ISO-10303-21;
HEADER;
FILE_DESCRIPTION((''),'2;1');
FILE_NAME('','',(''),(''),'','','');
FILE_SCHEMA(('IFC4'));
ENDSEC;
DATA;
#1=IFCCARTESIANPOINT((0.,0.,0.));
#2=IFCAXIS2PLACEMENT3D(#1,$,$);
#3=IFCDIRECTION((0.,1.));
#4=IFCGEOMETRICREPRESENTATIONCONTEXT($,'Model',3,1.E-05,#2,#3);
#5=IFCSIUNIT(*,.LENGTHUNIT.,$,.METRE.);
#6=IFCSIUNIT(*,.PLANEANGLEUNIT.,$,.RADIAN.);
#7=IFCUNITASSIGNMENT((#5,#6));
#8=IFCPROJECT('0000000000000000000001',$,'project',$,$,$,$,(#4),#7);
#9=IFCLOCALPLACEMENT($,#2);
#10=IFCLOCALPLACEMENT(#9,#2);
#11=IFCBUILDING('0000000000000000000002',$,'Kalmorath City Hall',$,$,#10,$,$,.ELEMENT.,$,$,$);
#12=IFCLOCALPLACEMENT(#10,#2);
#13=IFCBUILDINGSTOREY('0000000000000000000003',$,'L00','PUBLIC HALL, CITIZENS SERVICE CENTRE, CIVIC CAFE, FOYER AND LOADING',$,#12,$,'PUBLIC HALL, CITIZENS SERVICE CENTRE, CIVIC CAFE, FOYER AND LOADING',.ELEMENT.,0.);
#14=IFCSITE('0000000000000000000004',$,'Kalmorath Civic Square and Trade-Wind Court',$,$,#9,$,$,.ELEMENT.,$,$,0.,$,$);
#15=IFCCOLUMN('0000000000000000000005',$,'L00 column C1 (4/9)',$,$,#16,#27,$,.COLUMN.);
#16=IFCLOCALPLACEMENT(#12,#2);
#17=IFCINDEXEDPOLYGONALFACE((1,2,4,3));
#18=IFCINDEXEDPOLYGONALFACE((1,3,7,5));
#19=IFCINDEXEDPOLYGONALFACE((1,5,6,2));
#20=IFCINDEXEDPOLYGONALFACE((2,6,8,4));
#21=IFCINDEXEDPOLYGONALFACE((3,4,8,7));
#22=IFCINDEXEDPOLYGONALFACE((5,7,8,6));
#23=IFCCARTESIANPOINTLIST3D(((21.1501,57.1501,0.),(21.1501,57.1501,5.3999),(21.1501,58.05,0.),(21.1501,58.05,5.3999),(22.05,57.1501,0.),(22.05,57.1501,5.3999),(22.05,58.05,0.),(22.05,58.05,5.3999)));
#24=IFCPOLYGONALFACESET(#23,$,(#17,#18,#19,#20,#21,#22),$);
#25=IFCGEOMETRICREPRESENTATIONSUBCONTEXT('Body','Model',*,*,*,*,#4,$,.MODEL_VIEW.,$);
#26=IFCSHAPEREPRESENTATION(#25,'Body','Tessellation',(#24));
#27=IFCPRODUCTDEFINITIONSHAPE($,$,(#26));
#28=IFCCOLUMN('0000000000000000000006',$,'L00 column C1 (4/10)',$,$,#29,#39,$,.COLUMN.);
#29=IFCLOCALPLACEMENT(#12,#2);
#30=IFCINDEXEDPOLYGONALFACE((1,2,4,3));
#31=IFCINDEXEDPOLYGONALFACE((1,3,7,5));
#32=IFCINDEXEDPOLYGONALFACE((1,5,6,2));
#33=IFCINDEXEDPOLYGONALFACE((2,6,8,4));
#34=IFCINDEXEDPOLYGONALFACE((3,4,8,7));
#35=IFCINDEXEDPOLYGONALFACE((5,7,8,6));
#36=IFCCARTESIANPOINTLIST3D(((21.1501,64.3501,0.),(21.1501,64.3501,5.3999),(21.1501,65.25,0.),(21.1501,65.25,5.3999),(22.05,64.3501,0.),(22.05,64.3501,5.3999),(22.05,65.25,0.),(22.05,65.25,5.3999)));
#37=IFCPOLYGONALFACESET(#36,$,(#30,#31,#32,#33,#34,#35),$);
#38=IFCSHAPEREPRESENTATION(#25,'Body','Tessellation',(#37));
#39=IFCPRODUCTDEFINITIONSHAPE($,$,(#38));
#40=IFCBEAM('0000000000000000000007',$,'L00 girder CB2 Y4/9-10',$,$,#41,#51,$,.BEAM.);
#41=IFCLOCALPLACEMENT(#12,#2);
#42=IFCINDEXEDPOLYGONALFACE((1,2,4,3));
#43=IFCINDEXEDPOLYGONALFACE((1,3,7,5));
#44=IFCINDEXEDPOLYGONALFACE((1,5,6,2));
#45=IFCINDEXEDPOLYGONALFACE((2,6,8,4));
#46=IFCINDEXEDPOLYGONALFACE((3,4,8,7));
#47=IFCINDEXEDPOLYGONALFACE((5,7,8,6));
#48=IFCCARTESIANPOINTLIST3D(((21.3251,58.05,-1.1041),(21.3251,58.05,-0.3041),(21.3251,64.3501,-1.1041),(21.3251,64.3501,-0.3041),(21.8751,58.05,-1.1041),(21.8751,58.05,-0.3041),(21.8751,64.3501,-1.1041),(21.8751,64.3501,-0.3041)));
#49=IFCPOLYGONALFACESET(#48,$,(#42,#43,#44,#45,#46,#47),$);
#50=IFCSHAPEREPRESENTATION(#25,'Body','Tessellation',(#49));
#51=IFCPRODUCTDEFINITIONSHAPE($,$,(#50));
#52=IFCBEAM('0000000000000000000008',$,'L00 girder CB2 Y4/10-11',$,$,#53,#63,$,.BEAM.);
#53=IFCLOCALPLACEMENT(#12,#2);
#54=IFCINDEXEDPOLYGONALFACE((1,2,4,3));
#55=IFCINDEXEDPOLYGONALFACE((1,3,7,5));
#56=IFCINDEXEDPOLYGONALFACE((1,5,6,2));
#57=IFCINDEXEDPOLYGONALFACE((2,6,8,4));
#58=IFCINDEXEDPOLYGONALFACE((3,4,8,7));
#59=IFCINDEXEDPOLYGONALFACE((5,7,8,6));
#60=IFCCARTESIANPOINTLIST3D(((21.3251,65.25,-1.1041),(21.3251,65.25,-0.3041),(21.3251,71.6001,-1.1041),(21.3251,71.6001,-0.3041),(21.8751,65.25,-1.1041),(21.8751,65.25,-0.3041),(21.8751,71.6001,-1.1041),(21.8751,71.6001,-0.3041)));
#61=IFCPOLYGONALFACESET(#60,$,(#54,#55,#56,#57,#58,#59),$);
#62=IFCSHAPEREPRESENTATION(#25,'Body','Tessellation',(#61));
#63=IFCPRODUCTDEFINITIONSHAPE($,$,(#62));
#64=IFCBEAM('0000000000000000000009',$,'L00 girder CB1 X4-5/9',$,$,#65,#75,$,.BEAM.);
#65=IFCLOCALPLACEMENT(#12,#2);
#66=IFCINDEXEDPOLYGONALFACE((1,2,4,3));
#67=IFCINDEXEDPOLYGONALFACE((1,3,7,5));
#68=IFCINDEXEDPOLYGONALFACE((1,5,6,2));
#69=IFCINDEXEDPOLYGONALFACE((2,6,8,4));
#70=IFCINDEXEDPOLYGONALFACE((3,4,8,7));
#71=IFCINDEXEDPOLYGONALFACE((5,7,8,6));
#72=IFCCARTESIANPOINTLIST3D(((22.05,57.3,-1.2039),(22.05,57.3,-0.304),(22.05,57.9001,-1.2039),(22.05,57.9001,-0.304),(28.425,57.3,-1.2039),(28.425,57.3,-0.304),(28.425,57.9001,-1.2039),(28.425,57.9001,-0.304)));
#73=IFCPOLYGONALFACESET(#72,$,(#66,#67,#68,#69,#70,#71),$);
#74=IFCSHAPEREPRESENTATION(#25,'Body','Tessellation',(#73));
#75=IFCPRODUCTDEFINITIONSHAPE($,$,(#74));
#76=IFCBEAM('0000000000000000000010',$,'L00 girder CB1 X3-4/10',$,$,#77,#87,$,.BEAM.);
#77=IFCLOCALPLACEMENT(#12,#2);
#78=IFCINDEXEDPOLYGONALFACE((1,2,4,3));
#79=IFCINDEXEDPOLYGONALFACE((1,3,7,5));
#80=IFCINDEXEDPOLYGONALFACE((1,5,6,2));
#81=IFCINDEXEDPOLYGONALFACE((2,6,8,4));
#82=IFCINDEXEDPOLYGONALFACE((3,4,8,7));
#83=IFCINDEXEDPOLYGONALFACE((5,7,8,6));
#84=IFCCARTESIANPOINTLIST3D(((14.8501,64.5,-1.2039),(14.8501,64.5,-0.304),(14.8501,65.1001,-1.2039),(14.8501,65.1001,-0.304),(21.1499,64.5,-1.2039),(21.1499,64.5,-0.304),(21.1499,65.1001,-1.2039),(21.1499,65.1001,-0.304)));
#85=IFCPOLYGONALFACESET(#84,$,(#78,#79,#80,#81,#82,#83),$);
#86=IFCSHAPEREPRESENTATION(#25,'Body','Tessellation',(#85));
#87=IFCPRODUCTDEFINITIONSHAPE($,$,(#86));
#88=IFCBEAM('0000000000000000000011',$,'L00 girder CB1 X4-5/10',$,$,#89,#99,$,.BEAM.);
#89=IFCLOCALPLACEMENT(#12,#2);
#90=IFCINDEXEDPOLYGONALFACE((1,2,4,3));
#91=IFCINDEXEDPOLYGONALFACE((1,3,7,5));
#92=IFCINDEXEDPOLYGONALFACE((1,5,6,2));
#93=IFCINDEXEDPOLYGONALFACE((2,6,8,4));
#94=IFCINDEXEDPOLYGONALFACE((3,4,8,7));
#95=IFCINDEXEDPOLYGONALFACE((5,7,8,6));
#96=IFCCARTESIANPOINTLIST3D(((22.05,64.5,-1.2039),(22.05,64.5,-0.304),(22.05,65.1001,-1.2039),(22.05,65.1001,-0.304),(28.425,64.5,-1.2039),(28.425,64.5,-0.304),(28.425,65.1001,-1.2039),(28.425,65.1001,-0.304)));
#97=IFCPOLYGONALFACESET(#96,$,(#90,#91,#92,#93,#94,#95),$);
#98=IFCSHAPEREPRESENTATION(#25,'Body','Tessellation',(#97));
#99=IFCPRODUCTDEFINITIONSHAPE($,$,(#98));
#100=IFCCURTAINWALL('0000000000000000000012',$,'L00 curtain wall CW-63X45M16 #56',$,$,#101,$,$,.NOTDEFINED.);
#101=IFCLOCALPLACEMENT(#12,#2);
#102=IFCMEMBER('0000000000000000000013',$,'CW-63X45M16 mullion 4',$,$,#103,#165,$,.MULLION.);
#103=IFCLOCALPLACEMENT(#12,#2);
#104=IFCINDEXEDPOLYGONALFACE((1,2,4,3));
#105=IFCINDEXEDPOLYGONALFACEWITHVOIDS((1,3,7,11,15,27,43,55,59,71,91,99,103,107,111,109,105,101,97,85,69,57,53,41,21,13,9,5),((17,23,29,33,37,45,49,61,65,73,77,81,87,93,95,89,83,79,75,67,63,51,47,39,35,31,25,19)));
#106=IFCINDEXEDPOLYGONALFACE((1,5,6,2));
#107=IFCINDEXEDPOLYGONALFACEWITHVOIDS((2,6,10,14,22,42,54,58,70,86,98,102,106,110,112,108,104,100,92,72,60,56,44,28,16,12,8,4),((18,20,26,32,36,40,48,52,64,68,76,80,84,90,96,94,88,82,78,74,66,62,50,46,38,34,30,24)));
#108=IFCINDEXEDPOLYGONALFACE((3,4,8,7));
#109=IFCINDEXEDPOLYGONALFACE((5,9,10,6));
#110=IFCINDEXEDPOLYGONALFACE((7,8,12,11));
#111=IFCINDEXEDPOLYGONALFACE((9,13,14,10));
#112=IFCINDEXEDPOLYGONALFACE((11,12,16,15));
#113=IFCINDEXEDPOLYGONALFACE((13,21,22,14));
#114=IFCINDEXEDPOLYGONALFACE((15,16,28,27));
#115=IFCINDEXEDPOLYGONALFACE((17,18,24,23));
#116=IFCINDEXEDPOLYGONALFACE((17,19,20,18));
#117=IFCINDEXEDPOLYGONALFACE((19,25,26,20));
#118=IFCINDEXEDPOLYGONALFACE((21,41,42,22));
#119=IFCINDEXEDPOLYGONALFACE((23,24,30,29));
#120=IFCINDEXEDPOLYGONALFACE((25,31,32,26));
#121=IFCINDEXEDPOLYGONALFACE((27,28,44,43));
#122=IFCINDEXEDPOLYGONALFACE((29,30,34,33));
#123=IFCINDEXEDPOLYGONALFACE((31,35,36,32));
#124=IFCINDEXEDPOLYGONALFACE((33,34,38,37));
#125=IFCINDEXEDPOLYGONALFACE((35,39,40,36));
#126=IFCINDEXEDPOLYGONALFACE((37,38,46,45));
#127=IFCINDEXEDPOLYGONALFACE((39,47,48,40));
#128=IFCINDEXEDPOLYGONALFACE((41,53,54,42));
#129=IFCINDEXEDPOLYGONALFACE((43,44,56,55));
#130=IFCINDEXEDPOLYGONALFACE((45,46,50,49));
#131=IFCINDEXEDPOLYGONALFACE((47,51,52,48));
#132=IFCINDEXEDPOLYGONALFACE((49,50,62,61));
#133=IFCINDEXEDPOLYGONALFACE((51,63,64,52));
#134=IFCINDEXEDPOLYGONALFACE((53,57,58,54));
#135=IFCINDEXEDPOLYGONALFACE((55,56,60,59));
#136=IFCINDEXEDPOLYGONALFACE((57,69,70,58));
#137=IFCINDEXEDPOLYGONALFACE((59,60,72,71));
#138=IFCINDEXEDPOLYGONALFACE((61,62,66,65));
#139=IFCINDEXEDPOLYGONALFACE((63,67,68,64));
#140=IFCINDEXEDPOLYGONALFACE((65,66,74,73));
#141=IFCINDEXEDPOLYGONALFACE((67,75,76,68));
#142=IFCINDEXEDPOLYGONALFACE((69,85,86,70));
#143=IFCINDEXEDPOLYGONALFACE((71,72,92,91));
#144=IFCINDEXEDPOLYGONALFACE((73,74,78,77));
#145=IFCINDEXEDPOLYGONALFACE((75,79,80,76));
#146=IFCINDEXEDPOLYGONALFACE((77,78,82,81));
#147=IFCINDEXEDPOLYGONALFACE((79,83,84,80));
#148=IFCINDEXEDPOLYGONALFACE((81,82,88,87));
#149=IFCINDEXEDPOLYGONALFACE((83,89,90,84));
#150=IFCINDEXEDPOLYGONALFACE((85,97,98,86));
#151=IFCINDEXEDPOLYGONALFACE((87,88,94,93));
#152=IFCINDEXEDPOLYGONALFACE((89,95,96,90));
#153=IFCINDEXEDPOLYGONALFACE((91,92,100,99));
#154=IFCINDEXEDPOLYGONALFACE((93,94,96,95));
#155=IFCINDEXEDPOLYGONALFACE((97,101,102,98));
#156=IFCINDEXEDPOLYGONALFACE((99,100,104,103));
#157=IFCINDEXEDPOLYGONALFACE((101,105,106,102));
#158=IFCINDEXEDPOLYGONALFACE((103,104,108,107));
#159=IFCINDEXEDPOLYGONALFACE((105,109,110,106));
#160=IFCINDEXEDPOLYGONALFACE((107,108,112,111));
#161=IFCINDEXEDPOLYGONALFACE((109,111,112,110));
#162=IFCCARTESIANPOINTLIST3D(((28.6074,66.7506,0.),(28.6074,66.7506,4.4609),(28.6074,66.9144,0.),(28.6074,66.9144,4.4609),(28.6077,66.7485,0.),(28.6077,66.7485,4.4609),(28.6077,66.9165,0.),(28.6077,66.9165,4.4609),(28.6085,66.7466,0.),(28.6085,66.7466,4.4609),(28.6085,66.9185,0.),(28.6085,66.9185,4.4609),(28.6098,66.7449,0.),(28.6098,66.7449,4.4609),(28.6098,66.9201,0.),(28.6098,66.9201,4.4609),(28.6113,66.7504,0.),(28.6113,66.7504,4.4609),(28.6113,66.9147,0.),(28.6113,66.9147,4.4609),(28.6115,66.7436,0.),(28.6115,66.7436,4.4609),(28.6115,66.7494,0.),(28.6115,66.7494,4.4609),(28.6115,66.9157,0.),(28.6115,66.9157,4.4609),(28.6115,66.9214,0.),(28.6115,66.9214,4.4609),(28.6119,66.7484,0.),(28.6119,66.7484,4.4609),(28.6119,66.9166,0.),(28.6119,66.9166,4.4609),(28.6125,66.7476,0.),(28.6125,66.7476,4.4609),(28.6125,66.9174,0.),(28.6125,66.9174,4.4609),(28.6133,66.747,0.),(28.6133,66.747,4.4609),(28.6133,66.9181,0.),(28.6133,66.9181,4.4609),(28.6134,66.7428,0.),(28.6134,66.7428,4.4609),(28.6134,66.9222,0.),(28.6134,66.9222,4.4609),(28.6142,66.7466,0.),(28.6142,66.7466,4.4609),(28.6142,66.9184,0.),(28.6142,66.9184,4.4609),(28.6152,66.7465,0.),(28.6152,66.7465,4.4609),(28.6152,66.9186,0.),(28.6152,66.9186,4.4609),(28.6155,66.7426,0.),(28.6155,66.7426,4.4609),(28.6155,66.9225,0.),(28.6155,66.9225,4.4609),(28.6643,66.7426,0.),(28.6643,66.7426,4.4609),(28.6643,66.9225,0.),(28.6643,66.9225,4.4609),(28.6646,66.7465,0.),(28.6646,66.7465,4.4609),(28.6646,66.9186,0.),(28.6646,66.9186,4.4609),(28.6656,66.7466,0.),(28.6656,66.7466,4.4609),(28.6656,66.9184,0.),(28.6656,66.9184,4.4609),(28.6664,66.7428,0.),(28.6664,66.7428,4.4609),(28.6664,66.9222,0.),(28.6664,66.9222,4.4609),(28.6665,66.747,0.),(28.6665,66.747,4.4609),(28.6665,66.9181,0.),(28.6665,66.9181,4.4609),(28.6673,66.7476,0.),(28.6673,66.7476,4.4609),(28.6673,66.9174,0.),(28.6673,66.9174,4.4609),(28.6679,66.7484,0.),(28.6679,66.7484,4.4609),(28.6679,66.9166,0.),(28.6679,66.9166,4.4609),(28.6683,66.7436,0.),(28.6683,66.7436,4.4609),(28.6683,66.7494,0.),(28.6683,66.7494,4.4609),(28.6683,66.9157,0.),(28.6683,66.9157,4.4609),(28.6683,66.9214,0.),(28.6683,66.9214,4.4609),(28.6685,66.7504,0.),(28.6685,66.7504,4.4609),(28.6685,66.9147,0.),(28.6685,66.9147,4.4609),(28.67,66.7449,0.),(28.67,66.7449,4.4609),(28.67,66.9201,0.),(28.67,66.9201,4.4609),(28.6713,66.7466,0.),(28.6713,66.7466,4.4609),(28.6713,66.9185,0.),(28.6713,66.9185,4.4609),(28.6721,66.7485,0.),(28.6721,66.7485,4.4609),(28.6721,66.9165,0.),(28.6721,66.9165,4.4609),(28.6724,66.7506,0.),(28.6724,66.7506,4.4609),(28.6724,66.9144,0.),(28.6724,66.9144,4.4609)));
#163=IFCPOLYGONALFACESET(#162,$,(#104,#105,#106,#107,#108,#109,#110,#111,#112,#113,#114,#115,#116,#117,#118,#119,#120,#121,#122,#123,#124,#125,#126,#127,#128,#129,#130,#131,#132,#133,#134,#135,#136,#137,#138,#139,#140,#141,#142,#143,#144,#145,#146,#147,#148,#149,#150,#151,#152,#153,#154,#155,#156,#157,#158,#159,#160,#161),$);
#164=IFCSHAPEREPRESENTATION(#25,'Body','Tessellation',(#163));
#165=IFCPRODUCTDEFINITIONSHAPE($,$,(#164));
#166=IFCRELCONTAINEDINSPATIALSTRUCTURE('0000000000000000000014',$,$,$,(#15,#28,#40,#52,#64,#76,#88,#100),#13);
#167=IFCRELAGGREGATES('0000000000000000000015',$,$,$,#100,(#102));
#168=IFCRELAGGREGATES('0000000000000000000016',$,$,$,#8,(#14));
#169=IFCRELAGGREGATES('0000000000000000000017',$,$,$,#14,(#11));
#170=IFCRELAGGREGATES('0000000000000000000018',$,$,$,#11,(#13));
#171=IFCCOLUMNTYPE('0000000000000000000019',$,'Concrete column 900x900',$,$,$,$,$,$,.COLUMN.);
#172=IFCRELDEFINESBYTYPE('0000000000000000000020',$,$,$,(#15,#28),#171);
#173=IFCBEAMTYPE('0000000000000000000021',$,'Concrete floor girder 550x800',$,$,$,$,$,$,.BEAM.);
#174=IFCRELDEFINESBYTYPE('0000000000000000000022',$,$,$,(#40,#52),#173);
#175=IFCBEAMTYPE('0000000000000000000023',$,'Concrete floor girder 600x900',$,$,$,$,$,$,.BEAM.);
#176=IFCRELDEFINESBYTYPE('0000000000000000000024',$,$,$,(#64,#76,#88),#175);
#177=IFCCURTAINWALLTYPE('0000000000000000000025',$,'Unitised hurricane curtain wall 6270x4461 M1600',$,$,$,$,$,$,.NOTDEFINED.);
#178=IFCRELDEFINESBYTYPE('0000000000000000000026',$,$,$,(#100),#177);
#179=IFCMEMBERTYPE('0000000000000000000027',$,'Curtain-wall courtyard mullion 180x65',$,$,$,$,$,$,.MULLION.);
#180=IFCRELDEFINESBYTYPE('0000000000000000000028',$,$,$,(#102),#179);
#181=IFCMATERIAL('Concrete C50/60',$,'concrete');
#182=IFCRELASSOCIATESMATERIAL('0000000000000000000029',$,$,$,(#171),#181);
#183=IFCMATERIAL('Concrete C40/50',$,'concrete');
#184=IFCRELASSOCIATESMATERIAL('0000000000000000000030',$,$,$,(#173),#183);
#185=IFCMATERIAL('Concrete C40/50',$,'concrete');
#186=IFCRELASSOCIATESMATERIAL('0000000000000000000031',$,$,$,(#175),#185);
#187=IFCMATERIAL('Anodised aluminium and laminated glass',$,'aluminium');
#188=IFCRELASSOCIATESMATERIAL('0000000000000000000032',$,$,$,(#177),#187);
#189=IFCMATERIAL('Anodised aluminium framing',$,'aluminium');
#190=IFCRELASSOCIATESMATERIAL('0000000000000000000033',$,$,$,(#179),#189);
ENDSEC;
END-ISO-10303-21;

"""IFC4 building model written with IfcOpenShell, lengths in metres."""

from ifc_helpers import new_model, si_unit, direction, frame, origin, origin_2d, place, context, subcontext, project, spatial, rectangle, hollow_rectangle, extrude, material, material_profile, profile_set, type_object, element, aggregate, save


model = new_model("IFC4")

# Units and contexts
model_context = context("Model", 3, precision=1e-05, world=origin(), true_north=direction((0.0, 1.0)))
body_context = subcontext(model_context, "Body", "Model", "MODEL_VIEW")
ifc_project = project(units=[si_unit("LENGTHUNIT", "METRE"), si_unit("PLANEANGLEUNIT", "RADIAN")], contexts=[model_context])

# Site, building, storey
site_placement = place(None, origin())
site = spatial("IfcSite", under=ifc_project, at=site_placement, Name="Kalmorath Civic Square and Trade-Wind Court", CompositionType="ELEMENT", RefElevation=0.0)
building_placement = place(site_placement, origin())
building = spatial("IfcBuilding", under=site, at=building_placement, Name="Kalmorath City Hall", CompositionType="ELEMENT")
storey_placement = place(building_placement, origin())
storey = spatial("IfcBuildingStorey", under=building, at=storey_placement, Name="L00", Description="PUBLIC HALL, CITIZENS SERVICE CENTRE, CIVIC CAFE, FOYER AND LOADING", LongName="PUBLIC HALL, CITIZENS SERVICE CENTRE, CIVIC CAFE, FOYER AND LOADING", CompositionType="ELEMENT", Elevation=0.0)

# Columns
ifc_material_1 = material(Name="Concrete C50/60", Category="concrete")
ifc_material_profile_1 = material_profile(ifc_material_1, rectangle(XDim=0.8999, YDim=0.8999, at=origin_2d()), Name="RC-COL-900X900")
ifc_profile_set_1 = profile_set([ifc_material_profile_1], Name="Concrete C50/60")
column_type = type_object("IfcColumnType", Name="Concrete column 900x900", PredefinedType="COLUMN", material=ifc_profile_set_1)
for number, where, z_axis, x_axis, name in (
    (1, (21.6001, 57.6001, 0.0), (0.0, 0.0, 1.0), (1.0, 0.0, 0.0), "L00 column C1 (4/9)"),
    (2, (21.6001, 64.8, 0.0), (0.0, 0.0, 1.0), (1.0, 0.0, 0.0), "L00 column C1 (4/10)"),
):
    element("IfcColumn", number, at=place(storey_placement, frame(where, z_axis=z_axis, x_axis=x_axis)), inside=storey, type_object=column_type, Name=name, PredefinedType="COLUMN", context=body_context, shape_type="SweptSolid", body=[
        extrude(rectangle(XDim=0.8999, YDim=0.8999, at=origin_2d()), origin(), (0.0, 0.0, 1.0), 5.3999),
    ])

# Beams
ifc_material_2 = material(Name="Concrete C40/50", Category="concrete")
ifc_material_profile_2 = material_profile(ifc_material_2, rectangle(XDim=0.55, YDim=0.8, at=origin_2d()), Name="RC-BM-550X800")
ifc_profile_set_2 = profile_set([ifc_material_profile_2], Name="Concrete C40/50")
beam_type_1 = type_object("IfcBeamType", Name="Concrete floor girder 550x800", PredefinedType="BEAM", material=ifc_profile_set_2)
beam_1_placement = place(storey_placement, frame((21.6001, 58.05, -0.7041), z_axis=(0.0, 1.0, 0.0), x_axis=(-1.0, 0.0, 0.0)))
element("IfcBeam", 3, at=beam_1_placement, inside=storey, type_object=beam_type_1, Name="L00 girder CB2 Y4/9-10", PredefinedType="BEAM", context=body_context, shape_type="SweptSolid", body=[
    extrude(rectangle(XDim=0.55, YDim=0.8, at=origin_2d()), origin(), (0.0, 0.0, 1.0), 6.3),
])
beam_2_placement = place(storey_placement, frame((21.6001, 65.25, -0.7041), z_axis=(0.0, 1.0, 0.0), x_axis=(-1.0, 0.0, 0.0)))
element("IfcBeam", 4, at=beam_2_placement, inside=storey, type_object=beam_type_1, Name="L00 girder CB2 Y4/10-11", PredefinedType="BEAM", context=body_context, shape_type="SweptSolid", body=[
    extrude(rectangle(XDim=0.55, YDim=0.8, at=origin_2d()), origin(), (0.0, 0.0, 1.0), 6.3501),
])
ifc_material_3 = material(Name="Concrete C40/50", Category="concrete")
ifc_material_profile_3 = material_profile(ifc_material_3, rectangle(XDim=0.6001, YDim=0.8999, at=origin_2d()), Name="RC-BM-600X900")
ifc_profile_set_3 = profile_set([ifc_material_profile_3], Name="Concrete C40/50")
beam_type_2 = type_object("IfcBeamType", Name="Concrete floor girder 600x900", PredefinedType="BEAM", material=ifc_profile_set_3)
beam_3_placement = place(storey_placement, frame((22.05, 57.6001, -0.7539), z_axis=(1.0, 0.0, 0.0), x_axis=(0.0, 1.0, 0.0)))
element("IfcBeam", 5, at=beam_3_placement, inside=storey, type_object=beam_type_2, Name="L00 girder CB1 X4-5/9", PredefinedType="BEAM", context=body_context, shape_type="SweptSolid", body=[
    extrude(rectangle(XDim=0.6001, YDim=0.8999, at=origin_2d()), origin(), (0.0, 0.0, 1.0), 6.375),
])
beam_4_placement = place(storey_placement, frame((14.8501, 64.8, -0.7539), z_axis=(1.0, 0.0, 0.0), x_axis=(0.0, 1.0, 0.0)))
element("IfcBeam", 6, at=beam_4_placement, inside=storey, type_object=beam_type_2, Name="L00 girder CB1 X3-4/10", PredefinedType="BEAM", context=body_context, shape_type="SweptSolid", body=[
    extrude(rectangle(XDim=0.6001, YDim=0.8999, at=origin_2d()), origin(), (0.0, 0.0, 1.0), 6.2998),
])
beam_5_placement = place(storey_placement, frame((22.05, 64.8, -0.7539), z_axis=(1.0, 0.0, 0.0), x_axis=(0.0, 1.0, 0.0)))
element("IfcBeam", 7, at=beam_5_placement, inside=storey, type_object=beam_type_2, Name="L00 girder CB1 X4-5/10", PredefinedType="BEAM", context=body_context, shape_type="SweptSolid", body=[
    extrude(rectangle(XDim=0.6001, YDim=0.8999, at=origin_2d()), origin(), (0.0, 0.0, 1.0), 6.375),
])

# Curtain wall, member
ifc_material_4 = material(Name="Anodised aluminium and laminated glass", Category="aluminium")
curtain_wall_type = type_object("IfcCurtainWallType", Name="Unitised hurricane curtain wall 6270x4461 M1600", PredefinedType="NOTDEFINED", material=ifc_material_4)
curtain_wall_placement = place(storey_placement, origin())
curtain_wall = element("IfcCurtainWall", 8, at=curtain_wall_placement, inside=storey, type_object=curtain_wall_type, Name="L00 curtain wall CW-63X45M16 #56", PredefinedType="NOTDEFINED")
ifc_material_5 = material(Name="Anodised aluminium framing", Category="aluminium")
ifc_material_profile_4 = material_profile(ifc_material_5, hollow_rectangle(XDim=0.0649, YDim=0.1799, WallThickness=0.0039, InnerFilletRadius=0.0039, OuterFilletRadius=0.0081, at=origin_2d()), Name="ALU-MUL-180X65X4")
ifc_profile_set_4 = profile_set([ifc_material_profile_4], Name="Anodised aluminium framing")
member_type_1 = type_object("IfcMemberType", Name="Curtain-wall courtyard mullion 180x65", PredefinedType="MULLION", material=ifc_profile_set_4)
member_1_placement = place(storey_placement, frame((28.6399, 66.8325, 0.0), z_axis=(0.0, 0.0, 1.0), x_axis=(1.0, 0.0, 0.0)))
member_1 = element("IfcMember", 9, at=member_1_placement, type_object=member_type_1, Name="CW-63X45M16 mullion 4", PredefinedType="MULLION", context=body_context, shape_type="SweptSolid", body=[
    extrude(hollow_rectangle(XDim=0.0649, YDim=0.1799, WallThickness=0.0039, InnerFilletRadius=0.0039, OuterFilletRadius=0.0081, at=origin_2d()), origin(), (0.0, 0.0, 1.0), 4.4609),
])

aggregate(curtain_wall, [member_1])

save(model, "model.ifc")
